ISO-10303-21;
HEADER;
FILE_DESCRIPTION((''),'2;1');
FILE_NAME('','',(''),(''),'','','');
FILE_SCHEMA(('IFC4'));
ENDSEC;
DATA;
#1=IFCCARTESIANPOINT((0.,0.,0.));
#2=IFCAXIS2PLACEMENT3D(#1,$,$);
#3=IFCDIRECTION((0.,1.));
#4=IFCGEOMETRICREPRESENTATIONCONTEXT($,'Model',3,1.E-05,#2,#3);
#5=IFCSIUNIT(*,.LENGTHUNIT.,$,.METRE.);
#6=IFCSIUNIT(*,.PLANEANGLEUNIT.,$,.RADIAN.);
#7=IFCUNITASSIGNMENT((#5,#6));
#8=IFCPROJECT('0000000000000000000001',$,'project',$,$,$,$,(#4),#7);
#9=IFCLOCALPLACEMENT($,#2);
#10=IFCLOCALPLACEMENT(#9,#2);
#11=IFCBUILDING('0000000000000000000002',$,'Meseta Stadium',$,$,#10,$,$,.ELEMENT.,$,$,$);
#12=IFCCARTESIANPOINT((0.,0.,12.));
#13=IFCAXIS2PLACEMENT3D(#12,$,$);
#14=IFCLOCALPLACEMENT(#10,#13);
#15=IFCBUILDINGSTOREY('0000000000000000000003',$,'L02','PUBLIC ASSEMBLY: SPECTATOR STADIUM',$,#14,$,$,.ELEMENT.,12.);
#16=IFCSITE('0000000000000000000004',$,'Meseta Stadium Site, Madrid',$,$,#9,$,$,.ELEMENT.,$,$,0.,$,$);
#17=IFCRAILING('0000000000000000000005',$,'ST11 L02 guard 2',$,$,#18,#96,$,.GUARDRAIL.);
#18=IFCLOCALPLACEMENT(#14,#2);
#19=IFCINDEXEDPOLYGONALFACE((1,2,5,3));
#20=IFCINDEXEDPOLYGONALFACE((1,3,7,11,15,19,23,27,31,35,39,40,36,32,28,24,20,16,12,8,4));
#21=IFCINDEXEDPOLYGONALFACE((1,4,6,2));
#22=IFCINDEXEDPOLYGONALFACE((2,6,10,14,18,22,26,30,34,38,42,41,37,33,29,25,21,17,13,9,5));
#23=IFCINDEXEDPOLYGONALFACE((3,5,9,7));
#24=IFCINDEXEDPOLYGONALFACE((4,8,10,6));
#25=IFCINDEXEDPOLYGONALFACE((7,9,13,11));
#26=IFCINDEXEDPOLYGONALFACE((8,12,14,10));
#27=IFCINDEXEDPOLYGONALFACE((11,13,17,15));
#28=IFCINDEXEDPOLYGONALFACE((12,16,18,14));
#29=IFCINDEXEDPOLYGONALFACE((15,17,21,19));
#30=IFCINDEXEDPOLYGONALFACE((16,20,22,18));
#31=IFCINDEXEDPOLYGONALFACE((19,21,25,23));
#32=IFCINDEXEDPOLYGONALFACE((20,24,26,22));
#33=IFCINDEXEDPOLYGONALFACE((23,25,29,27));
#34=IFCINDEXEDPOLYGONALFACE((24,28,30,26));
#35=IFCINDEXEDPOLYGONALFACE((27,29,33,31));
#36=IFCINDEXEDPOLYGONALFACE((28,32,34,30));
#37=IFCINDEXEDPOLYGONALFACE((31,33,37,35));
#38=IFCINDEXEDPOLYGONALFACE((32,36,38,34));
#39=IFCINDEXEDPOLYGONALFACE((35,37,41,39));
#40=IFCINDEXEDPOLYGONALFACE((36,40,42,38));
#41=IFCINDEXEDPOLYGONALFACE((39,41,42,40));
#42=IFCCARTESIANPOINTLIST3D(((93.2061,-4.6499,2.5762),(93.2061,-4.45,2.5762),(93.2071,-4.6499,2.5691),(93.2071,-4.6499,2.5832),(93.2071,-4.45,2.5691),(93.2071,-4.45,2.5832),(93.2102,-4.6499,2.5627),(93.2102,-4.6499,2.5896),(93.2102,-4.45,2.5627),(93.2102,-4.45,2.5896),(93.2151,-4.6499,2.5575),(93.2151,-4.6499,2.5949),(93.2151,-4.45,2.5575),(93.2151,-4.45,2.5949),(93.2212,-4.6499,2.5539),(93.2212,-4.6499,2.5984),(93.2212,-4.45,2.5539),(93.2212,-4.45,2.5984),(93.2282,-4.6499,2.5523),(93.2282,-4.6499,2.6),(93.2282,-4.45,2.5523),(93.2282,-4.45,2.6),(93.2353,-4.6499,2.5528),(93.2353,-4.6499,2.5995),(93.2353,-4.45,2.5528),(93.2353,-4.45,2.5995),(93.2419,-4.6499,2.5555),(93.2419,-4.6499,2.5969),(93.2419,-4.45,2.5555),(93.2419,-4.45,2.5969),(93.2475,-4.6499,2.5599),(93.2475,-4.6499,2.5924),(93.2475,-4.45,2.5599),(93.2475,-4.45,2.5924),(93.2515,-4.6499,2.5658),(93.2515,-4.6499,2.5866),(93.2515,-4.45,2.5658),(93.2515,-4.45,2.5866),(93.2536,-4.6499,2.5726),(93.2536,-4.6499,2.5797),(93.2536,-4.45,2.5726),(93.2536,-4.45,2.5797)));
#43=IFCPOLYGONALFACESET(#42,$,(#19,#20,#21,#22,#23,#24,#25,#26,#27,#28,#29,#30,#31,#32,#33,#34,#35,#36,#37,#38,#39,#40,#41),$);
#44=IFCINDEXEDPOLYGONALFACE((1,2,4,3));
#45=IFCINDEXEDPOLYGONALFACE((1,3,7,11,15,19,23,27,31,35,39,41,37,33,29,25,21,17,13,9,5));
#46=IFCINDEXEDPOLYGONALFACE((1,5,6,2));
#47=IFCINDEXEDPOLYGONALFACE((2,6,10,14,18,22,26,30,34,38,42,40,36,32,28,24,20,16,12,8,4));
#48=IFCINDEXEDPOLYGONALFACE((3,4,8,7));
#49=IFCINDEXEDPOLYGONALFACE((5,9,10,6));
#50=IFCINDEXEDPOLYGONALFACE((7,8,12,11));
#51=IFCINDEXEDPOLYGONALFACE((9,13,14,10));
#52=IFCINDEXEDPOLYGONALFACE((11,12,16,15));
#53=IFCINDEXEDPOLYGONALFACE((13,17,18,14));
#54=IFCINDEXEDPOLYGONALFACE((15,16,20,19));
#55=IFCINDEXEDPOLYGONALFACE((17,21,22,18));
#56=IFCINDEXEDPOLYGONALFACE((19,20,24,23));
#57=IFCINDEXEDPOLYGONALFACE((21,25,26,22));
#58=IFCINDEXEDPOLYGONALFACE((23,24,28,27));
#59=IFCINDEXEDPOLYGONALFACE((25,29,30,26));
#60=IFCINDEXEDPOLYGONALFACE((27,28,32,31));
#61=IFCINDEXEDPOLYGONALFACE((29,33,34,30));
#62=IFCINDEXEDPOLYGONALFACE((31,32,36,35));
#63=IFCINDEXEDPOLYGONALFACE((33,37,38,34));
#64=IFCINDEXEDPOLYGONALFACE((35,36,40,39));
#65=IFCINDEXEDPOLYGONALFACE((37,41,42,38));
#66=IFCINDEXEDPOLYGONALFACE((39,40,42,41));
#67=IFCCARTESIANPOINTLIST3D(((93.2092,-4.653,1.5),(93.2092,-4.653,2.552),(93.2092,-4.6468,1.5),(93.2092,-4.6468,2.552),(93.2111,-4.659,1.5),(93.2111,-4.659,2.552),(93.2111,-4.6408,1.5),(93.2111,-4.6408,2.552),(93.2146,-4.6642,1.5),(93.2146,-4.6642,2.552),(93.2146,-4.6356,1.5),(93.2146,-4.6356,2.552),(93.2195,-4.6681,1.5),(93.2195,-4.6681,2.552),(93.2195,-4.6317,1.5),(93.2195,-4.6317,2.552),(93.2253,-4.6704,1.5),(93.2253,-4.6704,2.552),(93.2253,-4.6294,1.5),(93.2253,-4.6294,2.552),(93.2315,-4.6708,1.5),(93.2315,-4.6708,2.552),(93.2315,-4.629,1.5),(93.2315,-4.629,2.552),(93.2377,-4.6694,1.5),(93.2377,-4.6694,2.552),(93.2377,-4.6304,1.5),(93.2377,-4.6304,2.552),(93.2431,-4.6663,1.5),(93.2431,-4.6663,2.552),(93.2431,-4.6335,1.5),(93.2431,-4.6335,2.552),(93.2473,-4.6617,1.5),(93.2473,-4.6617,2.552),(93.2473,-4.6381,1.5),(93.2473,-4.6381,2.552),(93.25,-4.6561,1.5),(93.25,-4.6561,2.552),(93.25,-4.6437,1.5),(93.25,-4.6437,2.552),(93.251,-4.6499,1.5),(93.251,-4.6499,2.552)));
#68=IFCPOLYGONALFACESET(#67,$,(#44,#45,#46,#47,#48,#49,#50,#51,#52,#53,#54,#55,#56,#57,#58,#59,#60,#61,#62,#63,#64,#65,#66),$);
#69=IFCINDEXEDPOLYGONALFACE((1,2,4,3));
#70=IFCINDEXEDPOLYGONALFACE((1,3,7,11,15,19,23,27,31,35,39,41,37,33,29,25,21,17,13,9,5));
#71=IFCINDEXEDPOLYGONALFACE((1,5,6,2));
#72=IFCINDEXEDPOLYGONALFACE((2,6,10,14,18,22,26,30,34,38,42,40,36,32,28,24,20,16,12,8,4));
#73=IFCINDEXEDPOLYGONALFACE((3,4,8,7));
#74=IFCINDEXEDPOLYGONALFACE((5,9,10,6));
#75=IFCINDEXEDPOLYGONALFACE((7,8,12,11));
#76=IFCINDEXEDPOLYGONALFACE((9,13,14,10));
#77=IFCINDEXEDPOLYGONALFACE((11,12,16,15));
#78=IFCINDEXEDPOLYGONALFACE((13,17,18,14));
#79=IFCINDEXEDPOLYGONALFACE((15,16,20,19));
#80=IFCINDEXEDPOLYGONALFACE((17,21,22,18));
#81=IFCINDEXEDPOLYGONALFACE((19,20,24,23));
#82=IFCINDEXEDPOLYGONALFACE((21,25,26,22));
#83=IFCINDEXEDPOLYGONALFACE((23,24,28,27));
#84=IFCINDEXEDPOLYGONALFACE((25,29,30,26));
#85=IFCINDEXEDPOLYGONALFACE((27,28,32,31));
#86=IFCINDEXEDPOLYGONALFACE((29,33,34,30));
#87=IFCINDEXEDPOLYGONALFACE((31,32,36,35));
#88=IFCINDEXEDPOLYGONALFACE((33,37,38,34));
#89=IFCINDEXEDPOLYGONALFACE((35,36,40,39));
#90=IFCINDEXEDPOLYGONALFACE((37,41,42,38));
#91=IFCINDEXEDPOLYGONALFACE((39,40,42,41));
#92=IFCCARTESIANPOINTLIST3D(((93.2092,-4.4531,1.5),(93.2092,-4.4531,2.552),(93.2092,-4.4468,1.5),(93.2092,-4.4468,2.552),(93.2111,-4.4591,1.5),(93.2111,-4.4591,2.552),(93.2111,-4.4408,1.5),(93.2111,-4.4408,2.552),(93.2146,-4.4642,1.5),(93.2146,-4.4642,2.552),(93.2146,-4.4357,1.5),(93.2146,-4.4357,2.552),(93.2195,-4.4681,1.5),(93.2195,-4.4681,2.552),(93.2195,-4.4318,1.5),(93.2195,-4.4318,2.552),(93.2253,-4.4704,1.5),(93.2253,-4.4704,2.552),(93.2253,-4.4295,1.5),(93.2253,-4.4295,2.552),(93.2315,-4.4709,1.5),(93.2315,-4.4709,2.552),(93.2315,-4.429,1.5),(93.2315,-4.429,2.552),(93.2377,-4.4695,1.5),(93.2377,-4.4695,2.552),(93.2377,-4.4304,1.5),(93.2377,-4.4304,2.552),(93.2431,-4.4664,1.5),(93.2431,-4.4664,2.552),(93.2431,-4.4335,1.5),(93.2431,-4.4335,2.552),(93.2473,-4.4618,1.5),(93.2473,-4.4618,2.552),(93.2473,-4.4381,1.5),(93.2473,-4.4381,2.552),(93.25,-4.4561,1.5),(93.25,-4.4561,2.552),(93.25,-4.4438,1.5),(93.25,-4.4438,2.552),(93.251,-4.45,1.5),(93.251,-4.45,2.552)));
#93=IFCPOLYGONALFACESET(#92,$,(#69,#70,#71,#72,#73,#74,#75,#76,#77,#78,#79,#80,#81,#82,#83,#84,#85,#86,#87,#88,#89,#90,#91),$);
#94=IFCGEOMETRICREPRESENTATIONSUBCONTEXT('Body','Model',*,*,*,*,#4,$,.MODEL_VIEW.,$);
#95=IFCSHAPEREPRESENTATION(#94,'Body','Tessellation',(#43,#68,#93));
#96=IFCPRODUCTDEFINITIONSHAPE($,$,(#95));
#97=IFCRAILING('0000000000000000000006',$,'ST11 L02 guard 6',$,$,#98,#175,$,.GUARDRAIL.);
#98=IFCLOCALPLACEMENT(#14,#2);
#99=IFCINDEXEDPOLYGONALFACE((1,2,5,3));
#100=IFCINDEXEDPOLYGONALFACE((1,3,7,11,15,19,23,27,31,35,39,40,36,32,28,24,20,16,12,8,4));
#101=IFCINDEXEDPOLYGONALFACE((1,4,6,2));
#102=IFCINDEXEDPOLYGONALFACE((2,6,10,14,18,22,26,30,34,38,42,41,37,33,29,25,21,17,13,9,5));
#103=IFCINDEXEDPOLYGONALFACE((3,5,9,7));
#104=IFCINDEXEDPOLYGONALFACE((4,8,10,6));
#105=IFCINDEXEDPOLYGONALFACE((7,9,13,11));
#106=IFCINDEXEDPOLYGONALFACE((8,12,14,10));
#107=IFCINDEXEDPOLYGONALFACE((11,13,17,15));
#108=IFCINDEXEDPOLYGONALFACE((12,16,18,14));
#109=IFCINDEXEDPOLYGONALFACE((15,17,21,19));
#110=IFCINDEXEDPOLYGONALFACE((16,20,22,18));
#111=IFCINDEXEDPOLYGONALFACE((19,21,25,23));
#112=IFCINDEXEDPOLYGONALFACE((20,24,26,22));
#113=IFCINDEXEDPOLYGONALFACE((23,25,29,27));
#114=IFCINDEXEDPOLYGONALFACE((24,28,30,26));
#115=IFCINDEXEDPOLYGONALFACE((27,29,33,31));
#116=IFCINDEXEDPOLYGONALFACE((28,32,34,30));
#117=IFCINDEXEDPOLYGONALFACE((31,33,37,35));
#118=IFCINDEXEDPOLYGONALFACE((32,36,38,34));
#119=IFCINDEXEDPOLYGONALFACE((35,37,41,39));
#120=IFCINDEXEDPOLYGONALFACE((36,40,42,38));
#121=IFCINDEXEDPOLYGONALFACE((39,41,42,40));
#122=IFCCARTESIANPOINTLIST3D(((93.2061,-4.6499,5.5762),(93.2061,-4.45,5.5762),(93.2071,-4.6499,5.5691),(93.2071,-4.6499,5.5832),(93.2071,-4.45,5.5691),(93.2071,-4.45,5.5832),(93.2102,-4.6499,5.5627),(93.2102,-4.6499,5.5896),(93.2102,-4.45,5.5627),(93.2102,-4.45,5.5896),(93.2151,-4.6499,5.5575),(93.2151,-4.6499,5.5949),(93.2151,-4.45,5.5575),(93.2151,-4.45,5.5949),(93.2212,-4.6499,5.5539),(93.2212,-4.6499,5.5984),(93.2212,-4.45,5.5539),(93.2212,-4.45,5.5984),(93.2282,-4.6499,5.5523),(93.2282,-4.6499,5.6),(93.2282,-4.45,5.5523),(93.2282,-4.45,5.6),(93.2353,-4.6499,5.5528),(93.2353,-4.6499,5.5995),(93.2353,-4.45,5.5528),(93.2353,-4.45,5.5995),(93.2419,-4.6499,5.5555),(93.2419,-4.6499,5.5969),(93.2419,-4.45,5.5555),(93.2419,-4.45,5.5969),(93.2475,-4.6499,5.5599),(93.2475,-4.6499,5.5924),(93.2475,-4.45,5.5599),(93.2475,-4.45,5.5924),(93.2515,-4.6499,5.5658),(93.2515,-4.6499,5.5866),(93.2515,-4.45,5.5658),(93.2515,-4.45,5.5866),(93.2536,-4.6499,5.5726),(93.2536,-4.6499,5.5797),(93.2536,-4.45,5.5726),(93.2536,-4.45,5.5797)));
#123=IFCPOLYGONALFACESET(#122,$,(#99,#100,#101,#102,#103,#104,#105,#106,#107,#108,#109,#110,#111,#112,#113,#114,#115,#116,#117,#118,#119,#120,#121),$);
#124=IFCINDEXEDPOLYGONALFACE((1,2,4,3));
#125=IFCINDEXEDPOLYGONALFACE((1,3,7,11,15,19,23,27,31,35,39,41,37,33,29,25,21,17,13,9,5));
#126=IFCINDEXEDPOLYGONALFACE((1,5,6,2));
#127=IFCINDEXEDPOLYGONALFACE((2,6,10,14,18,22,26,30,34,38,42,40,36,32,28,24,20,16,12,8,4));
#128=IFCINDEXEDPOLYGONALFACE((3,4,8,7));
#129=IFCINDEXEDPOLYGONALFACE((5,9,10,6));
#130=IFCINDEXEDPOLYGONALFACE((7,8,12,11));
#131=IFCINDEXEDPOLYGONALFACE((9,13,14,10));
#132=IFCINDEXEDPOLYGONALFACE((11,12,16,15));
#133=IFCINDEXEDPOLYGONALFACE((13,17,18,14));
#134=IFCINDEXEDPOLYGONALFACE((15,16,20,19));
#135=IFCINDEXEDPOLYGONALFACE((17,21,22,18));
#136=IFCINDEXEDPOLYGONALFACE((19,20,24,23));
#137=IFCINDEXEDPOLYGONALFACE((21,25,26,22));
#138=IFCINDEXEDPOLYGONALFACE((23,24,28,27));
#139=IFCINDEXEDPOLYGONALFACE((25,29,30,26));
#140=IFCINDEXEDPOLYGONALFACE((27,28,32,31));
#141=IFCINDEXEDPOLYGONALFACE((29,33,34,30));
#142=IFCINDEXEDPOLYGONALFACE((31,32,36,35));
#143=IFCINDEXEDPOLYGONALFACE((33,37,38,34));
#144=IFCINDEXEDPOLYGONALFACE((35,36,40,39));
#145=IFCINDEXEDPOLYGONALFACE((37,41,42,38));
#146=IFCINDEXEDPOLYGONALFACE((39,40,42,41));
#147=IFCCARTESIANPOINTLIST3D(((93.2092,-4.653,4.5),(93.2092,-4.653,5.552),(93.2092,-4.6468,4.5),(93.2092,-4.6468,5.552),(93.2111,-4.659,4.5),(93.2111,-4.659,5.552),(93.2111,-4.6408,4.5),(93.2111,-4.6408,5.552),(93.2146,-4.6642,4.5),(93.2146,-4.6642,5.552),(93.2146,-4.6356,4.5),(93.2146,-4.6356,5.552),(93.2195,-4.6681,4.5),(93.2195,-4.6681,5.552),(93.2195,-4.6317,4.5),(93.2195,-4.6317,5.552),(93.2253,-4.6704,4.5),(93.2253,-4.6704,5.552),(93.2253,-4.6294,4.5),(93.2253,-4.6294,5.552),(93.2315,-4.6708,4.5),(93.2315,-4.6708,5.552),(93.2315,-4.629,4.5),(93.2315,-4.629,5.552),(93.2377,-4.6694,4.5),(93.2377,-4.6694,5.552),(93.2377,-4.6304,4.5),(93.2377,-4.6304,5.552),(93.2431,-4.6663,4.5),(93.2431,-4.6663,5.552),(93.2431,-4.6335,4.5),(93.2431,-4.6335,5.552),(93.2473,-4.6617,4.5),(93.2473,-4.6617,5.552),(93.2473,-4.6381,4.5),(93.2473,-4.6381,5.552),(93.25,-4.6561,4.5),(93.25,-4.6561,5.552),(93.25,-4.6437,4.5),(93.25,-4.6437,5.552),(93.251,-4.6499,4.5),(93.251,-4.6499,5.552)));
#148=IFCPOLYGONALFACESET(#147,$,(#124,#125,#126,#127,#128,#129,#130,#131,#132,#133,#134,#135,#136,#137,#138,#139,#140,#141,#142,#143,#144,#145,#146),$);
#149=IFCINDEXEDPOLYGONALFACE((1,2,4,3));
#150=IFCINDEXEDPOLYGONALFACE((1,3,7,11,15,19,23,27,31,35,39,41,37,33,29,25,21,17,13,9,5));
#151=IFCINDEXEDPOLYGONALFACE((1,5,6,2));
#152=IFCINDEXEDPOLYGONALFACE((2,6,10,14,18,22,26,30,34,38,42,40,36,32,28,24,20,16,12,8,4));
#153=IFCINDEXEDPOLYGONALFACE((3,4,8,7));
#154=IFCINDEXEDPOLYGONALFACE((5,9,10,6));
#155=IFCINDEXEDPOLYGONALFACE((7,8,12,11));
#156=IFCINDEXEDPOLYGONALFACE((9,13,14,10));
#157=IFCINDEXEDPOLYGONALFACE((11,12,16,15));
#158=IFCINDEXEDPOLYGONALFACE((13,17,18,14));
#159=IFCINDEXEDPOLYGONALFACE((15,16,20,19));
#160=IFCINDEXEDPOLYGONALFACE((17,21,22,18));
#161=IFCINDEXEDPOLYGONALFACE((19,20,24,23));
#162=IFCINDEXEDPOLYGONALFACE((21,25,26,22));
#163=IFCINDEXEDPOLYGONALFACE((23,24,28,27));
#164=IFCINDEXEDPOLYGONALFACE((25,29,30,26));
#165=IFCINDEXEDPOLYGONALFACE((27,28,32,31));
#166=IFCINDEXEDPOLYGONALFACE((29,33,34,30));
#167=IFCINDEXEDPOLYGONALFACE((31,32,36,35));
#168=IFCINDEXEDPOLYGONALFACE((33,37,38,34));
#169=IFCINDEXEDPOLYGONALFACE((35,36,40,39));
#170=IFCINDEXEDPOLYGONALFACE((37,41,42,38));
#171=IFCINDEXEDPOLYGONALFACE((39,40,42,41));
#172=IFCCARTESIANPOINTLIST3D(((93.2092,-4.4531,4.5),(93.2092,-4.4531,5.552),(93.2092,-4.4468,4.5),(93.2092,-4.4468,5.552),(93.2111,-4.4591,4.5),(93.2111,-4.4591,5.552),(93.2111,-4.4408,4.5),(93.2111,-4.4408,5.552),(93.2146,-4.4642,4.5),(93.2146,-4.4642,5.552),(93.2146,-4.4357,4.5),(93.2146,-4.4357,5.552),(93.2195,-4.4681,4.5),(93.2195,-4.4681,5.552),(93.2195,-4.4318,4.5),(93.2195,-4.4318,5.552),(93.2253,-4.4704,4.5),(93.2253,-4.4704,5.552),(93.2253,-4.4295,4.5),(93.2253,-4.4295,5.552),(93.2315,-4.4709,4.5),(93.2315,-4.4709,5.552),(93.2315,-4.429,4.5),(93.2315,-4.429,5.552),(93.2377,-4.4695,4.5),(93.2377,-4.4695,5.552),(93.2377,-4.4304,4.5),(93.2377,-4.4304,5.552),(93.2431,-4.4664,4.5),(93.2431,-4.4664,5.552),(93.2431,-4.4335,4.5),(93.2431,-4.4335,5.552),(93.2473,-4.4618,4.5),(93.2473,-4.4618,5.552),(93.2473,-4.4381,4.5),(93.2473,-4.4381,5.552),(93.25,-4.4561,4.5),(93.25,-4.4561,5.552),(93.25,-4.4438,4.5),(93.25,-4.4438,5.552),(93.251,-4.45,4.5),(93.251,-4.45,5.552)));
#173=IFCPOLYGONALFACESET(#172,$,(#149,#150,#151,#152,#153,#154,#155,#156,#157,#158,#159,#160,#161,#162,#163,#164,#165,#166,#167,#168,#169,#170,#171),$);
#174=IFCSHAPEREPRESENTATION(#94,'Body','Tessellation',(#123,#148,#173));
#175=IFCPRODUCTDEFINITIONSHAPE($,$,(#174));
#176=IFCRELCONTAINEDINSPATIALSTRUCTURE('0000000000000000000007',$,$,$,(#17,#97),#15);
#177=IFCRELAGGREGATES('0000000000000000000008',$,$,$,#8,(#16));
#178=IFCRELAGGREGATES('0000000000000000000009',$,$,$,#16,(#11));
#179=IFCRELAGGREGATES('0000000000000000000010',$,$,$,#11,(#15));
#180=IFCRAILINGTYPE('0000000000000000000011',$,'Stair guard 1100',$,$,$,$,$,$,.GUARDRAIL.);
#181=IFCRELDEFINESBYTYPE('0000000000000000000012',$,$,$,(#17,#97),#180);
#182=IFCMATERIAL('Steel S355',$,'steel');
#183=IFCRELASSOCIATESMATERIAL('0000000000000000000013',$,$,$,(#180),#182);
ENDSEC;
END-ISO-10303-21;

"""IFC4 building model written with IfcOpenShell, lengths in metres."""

from ifc_helpers import new_model, si_unit, direction, frame, origin, origin_2d, place, context, subcontext, project, spatial, circle, extrude, material, type_object, element, save


model = new_model("IFC4")

# Units and contexts
model_context = context("Model", 3, precision=1e-05, world=origin(), true_north=direction((0.0, 1.0)))
body_context = subcontext(model_context, "Body", "Model", "MODEL_VIEW")
ifc_project = project(units=[si_unit("LENGTHUNIT", "METRE"), si_unit("PLANEANGLEUNIT", "RADIAN")], contexts=[model_context])

# Site, building, storey
site_placement = place(None, origin())
site = spatial("IfcSite", under=ifc_project, at=site_placement, Name="Meseta Stadium Site, Madrid", CompositionType="ELEMENT", RefElevation=0.0)
building_placement = place(site_placement, origin())
building = spatial("IfcBuilding", under=site, at=building_placement, Name="Meseta Stadium", CompositionType="ELEMENT")
storey_placement = place(building_placement, frame((0.0, 0.0, 12.0)))
storey = spatial("IfcBuildingStorey", under=building, at=storey_placement, Name="L02", Description="PUBLIC ASSEMBLY: SPECTATOR STADIUM", CompositionType="ELEMENT", Elevation=12.0)

# Railings
ifc_material_1 = material(Name="Steel S355", Category="steel")
railing_type = type_object("IfcRailingType", Name="Stair guard 1100", PredefinedType="GUARDRAIL", material=ifc_material_1)
for number, where, name in (
    (1, (93.23, -4.6499, 1.5), "ST11 L02 guard 2"),
    (2, (93.23, -4.6499, 4.5), "ST11 L02 guard 6"),
):
    element("IfcRailing", number, at=place(storey_placement, frame(where)), inside=storey, type_object=railing_type, Name=name, PredefinedType="GUARDRAIL", context=body_context, shape_type="SweptSolid", body=[
        extrude(circle(Radius=0.0239, at=origin_2d()), frame((0.0, 0.0, 1.0762), z_axis=(0.0, 1.0, 0.0), x_axis=(-1.0, 0.0, 0.0)), (0.0, 0.0, 1.0), 0.2),
        extrude(circle(Radius=0.021, at=origin_2d()), origin(), (0.0, 0.0, 1.0), 1.052),
        extrude(circle(Radius=0.021, at=origin_2d()), frame((0.0, 0.2, 0.0)), (0.0, 0.0, 1.0), 1.052),
    ])

save(model, "model.ifc")
